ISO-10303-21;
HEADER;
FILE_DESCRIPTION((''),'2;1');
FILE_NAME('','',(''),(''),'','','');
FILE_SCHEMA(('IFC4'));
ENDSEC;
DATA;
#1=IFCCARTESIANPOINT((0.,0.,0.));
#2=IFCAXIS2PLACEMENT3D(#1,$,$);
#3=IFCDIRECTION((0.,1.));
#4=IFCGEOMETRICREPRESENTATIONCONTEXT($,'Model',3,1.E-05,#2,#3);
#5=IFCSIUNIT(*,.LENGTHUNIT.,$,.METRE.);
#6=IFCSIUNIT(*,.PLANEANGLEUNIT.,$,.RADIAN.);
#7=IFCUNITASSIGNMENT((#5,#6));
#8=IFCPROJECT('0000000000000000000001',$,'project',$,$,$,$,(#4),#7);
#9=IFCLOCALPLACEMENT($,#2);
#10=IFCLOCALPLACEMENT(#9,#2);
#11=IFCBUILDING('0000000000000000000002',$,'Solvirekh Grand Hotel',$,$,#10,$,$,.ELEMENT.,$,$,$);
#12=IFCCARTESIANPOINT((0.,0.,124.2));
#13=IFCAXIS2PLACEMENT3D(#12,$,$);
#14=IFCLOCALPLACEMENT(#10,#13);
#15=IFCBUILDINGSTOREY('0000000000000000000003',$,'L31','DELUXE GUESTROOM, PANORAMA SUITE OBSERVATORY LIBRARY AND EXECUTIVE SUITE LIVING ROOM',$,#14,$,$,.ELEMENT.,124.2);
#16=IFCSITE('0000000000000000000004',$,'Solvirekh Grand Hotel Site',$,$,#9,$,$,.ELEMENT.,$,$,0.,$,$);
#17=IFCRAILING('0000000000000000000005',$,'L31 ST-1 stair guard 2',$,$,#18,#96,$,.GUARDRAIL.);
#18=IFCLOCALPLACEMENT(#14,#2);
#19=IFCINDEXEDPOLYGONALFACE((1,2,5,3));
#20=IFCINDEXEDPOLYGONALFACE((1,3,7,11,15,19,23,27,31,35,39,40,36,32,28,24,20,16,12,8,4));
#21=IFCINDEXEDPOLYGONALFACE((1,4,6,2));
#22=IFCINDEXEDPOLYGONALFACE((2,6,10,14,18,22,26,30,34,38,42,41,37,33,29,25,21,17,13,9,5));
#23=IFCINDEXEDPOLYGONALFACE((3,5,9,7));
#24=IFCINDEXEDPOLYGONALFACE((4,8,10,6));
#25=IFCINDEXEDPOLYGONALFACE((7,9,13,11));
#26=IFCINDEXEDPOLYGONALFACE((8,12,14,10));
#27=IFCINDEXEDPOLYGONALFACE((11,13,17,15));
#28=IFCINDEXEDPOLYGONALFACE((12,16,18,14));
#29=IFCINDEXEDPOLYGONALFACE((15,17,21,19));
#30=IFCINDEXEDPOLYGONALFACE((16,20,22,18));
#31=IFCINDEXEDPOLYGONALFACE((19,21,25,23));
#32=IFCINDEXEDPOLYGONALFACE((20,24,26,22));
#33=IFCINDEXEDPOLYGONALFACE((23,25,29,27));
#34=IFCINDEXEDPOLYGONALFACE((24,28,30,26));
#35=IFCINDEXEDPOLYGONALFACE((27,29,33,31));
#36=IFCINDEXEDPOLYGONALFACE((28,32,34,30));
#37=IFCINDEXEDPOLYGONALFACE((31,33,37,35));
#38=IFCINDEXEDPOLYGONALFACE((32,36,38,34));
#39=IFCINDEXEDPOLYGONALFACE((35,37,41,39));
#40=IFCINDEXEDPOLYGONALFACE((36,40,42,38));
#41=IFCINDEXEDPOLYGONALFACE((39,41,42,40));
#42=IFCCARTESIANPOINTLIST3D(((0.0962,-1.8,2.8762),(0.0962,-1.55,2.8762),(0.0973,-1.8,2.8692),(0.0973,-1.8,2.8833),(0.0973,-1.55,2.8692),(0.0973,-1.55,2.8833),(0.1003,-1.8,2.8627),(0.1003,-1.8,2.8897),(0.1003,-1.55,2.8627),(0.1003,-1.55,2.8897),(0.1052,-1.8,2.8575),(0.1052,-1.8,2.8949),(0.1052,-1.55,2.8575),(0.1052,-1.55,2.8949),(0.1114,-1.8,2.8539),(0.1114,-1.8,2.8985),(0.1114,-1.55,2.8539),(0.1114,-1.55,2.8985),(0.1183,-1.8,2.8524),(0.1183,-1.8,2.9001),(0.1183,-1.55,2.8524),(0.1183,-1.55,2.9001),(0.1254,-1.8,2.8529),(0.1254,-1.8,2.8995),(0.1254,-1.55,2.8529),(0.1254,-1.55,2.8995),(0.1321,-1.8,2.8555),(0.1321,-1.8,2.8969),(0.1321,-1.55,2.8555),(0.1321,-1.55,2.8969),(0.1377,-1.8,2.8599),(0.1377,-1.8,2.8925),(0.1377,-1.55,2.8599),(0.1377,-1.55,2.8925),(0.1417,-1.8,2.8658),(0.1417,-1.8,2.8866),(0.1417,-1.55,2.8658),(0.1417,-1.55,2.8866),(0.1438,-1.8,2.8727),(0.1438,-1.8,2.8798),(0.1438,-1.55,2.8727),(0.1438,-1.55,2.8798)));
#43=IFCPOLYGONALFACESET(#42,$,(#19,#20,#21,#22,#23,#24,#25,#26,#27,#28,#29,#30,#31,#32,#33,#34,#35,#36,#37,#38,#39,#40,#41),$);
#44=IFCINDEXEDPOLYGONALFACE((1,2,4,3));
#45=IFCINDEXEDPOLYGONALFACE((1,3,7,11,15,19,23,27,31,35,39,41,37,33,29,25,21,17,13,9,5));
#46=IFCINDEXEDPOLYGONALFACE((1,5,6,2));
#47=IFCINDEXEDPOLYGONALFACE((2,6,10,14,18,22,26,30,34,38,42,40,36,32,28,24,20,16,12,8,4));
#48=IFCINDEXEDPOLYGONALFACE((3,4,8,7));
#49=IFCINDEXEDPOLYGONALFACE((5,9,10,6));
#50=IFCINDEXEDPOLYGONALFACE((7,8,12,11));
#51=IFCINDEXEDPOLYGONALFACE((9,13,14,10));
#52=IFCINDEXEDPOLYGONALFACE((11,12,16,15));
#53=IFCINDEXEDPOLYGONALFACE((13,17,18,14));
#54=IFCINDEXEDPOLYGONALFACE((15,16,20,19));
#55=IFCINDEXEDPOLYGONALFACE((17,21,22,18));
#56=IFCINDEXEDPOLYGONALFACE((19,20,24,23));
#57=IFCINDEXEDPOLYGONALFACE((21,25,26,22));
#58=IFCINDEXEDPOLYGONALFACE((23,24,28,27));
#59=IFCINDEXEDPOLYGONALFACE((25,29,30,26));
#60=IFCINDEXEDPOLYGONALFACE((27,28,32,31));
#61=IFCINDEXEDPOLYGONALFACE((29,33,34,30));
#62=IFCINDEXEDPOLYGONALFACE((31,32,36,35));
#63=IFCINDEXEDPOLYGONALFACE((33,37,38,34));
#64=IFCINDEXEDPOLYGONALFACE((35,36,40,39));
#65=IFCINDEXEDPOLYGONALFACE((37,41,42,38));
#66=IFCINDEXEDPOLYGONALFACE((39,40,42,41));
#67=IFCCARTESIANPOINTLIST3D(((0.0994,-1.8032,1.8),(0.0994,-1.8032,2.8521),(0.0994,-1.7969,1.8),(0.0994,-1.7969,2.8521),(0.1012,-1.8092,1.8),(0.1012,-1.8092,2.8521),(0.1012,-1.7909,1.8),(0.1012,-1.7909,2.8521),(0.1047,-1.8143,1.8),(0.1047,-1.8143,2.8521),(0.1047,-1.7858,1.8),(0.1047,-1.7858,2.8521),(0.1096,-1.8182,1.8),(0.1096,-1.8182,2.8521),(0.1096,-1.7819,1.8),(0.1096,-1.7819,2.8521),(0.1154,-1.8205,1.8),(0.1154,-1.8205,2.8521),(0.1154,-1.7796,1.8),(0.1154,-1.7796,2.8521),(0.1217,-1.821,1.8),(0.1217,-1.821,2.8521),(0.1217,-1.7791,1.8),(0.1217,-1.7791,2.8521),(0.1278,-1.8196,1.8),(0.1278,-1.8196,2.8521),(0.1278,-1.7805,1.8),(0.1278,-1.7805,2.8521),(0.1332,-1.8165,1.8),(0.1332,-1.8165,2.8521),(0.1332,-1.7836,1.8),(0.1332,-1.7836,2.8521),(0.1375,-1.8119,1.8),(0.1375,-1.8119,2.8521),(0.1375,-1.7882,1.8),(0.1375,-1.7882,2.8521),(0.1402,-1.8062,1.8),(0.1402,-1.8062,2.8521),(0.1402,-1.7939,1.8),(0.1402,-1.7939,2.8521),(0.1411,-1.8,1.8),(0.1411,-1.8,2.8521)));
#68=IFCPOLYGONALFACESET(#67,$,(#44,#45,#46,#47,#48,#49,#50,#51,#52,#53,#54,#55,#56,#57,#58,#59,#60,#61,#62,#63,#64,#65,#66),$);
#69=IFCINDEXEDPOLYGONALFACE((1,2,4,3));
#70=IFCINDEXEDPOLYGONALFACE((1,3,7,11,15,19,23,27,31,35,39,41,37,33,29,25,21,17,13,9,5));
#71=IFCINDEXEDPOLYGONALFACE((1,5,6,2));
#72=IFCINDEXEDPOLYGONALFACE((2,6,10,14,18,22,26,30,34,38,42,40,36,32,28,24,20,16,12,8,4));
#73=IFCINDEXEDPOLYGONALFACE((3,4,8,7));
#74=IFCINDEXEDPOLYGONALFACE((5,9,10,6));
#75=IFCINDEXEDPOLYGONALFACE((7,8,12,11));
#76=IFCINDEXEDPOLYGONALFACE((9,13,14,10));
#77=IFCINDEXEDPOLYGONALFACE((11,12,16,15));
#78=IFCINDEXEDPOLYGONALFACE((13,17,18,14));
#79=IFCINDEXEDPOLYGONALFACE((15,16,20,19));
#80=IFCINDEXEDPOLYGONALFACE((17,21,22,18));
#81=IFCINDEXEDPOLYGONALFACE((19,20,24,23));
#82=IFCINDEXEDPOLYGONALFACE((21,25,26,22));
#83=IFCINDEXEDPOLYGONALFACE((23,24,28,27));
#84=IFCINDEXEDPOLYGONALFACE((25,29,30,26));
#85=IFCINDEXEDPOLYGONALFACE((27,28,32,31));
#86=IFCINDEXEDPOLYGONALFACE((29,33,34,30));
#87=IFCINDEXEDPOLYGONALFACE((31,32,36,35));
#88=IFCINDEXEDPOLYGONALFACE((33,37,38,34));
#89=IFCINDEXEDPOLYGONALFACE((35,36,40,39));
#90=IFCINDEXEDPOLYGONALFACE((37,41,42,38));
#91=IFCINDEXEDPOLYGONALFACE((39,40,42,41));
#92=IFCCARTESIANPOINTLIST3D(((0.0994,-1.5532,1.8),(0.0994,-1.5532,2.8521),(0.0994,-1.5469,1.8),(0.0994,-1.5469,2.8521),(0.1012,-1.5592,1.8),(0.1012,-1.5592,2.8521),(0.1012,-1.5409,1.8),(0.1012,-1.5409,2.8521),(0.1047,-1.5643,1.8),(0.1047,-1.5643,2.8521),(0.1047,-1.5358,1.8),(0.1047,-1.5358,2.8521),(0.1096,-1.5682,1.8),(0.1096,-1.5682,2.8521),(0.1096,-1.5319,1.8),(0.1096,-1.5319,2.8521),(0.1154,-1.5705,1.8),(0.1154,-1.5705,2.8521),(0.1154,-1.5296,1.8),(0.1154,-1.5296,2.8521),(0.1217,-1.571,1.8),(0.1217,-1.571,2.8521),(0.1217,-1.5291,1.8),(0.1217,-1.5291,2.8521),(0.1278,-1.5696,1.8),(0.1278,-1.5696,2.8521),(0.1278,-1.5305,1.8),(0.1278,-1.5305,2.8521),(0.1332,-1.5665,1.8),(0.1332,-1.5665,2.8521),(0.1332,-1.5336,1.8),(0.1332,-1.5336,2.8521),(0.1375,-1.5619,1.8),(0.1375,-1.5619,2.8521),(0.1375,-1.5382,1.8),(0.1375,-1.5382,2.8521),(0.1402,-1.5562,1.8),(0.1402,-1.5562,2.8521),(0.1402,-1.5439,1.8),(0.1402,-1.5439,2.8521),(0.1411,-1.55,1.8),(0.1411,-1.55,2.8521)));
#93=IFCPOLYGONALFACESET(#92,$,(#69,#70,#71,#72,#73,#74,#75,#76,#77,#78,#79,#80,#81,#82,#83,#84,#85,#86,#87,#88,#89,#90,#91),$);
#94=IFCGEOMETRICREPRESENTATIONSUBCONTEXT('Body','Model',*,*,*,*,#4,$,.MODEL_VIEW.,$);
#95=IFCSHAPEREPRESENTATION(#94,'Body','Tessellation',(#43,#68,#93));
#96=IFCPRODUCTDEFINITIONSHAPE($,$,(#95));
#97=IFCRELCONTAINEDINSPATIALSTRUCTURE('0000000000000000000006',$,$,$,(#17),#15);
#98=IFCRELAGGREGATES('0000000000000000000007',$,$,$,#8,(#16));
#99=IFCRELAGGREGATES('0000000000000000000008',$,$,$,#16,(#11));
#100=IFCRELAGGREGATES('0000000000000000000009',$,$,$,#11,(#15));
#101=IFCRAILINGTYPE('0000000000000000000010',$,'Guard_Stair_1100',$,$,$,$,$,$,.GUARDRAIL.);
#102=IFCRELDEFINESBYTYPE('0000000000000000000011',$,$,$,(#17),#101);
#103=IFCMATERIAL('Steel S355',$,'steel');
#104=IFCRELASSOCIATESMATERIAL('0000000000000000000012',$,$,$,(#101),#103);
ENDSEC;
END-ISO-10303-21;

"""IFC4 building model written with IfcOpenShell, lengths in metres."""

from ifc_helpers import new_model, si_unit, direction, frame, origin, origin_2d, place, context, subcontext, project, spatial, circle, extrude, material, type_object, element, save


model = new_model("IFC4")

# Units and contexts
model_context = context("Model", 3, precision=1e-05, world=origin(), true_north=direction((0.0, 1.0)))
body_context = subcontext(model_context, "Body", "Model", "MODEL_VIEW")
ifc_project = project(units=[si_unit("LENGTHUNIT", "METRE"), si_unit("PLANEANGLEUNIT", "RADIAN")], contexts=[model_context])

# Site, building, storey
site_placement = place(None, origin())
site = spatial("IfcSite", under=ifc_project, at=site_placement, Name="Solvirekh Grand Hotel Site", CompositionType="ELEMENT", RefElevation=0.0)
building_placement = place(site_placement, origin())
building = spatial("IfcBuilding", under=site, at=building_placement, Name="Solvirekh Grand Hotel", CompositionType="ELEMENT")
storey_placement = place(building_placement, frame((0.0, 0.0, 124.2)))
storey = spatial("IfcBuildingStorey", under=building, at=storey_placement, Name="L31", Description="DELUXE GUESTROOM, PANORAMA SUITE OBSERVATORY LIBRARY AND EXECUTIVE SUITE LIVING ROOM", CompositionType="ELEMENT", Elevation=124.2)

# Shared definitions
ifc_material_1 = material(Name="Steel S355", Category="steel")

# Railing
railing_type_1 = type_object("IfcRailingType", Name="Guard_Stair_1100", PredefinedType="GUARDRAIL", material=ifc_material_1)
railing_1_placement = place(storey_placement, frame((0.1201, -1.8, 1.8)))
element("IfcRailing", 1, at=railing_1_placement, inside=storey, type_object=railing_type_1, Name="L31 ST-1 stair guard 2", PredefinedType="GUARDRAIL", context=body_context, shape_type="SweptSolid", body=[
    extrude(circle(Radius=0.0239, at=origin_2d()), frame((0.0, 0.0, 1.0762), z_axis=(0.0, 1.0, 0.0), x_axis=(-1.0, 0.0, 0.0)), (0.0, 0.0, 1.0), 0.25),
    extrude(circle(Radius=0.021, at=origin_2d()), origin(), (0.0, 0.0, 1.0), 1.052),
    extrude(circle(Radius=0.021, at=origin_2d()), frame((0.0, 0.25, 0.0)), (0.0, 0.0, 1.0), 1.052),
])

save(model, "model.ifc")
